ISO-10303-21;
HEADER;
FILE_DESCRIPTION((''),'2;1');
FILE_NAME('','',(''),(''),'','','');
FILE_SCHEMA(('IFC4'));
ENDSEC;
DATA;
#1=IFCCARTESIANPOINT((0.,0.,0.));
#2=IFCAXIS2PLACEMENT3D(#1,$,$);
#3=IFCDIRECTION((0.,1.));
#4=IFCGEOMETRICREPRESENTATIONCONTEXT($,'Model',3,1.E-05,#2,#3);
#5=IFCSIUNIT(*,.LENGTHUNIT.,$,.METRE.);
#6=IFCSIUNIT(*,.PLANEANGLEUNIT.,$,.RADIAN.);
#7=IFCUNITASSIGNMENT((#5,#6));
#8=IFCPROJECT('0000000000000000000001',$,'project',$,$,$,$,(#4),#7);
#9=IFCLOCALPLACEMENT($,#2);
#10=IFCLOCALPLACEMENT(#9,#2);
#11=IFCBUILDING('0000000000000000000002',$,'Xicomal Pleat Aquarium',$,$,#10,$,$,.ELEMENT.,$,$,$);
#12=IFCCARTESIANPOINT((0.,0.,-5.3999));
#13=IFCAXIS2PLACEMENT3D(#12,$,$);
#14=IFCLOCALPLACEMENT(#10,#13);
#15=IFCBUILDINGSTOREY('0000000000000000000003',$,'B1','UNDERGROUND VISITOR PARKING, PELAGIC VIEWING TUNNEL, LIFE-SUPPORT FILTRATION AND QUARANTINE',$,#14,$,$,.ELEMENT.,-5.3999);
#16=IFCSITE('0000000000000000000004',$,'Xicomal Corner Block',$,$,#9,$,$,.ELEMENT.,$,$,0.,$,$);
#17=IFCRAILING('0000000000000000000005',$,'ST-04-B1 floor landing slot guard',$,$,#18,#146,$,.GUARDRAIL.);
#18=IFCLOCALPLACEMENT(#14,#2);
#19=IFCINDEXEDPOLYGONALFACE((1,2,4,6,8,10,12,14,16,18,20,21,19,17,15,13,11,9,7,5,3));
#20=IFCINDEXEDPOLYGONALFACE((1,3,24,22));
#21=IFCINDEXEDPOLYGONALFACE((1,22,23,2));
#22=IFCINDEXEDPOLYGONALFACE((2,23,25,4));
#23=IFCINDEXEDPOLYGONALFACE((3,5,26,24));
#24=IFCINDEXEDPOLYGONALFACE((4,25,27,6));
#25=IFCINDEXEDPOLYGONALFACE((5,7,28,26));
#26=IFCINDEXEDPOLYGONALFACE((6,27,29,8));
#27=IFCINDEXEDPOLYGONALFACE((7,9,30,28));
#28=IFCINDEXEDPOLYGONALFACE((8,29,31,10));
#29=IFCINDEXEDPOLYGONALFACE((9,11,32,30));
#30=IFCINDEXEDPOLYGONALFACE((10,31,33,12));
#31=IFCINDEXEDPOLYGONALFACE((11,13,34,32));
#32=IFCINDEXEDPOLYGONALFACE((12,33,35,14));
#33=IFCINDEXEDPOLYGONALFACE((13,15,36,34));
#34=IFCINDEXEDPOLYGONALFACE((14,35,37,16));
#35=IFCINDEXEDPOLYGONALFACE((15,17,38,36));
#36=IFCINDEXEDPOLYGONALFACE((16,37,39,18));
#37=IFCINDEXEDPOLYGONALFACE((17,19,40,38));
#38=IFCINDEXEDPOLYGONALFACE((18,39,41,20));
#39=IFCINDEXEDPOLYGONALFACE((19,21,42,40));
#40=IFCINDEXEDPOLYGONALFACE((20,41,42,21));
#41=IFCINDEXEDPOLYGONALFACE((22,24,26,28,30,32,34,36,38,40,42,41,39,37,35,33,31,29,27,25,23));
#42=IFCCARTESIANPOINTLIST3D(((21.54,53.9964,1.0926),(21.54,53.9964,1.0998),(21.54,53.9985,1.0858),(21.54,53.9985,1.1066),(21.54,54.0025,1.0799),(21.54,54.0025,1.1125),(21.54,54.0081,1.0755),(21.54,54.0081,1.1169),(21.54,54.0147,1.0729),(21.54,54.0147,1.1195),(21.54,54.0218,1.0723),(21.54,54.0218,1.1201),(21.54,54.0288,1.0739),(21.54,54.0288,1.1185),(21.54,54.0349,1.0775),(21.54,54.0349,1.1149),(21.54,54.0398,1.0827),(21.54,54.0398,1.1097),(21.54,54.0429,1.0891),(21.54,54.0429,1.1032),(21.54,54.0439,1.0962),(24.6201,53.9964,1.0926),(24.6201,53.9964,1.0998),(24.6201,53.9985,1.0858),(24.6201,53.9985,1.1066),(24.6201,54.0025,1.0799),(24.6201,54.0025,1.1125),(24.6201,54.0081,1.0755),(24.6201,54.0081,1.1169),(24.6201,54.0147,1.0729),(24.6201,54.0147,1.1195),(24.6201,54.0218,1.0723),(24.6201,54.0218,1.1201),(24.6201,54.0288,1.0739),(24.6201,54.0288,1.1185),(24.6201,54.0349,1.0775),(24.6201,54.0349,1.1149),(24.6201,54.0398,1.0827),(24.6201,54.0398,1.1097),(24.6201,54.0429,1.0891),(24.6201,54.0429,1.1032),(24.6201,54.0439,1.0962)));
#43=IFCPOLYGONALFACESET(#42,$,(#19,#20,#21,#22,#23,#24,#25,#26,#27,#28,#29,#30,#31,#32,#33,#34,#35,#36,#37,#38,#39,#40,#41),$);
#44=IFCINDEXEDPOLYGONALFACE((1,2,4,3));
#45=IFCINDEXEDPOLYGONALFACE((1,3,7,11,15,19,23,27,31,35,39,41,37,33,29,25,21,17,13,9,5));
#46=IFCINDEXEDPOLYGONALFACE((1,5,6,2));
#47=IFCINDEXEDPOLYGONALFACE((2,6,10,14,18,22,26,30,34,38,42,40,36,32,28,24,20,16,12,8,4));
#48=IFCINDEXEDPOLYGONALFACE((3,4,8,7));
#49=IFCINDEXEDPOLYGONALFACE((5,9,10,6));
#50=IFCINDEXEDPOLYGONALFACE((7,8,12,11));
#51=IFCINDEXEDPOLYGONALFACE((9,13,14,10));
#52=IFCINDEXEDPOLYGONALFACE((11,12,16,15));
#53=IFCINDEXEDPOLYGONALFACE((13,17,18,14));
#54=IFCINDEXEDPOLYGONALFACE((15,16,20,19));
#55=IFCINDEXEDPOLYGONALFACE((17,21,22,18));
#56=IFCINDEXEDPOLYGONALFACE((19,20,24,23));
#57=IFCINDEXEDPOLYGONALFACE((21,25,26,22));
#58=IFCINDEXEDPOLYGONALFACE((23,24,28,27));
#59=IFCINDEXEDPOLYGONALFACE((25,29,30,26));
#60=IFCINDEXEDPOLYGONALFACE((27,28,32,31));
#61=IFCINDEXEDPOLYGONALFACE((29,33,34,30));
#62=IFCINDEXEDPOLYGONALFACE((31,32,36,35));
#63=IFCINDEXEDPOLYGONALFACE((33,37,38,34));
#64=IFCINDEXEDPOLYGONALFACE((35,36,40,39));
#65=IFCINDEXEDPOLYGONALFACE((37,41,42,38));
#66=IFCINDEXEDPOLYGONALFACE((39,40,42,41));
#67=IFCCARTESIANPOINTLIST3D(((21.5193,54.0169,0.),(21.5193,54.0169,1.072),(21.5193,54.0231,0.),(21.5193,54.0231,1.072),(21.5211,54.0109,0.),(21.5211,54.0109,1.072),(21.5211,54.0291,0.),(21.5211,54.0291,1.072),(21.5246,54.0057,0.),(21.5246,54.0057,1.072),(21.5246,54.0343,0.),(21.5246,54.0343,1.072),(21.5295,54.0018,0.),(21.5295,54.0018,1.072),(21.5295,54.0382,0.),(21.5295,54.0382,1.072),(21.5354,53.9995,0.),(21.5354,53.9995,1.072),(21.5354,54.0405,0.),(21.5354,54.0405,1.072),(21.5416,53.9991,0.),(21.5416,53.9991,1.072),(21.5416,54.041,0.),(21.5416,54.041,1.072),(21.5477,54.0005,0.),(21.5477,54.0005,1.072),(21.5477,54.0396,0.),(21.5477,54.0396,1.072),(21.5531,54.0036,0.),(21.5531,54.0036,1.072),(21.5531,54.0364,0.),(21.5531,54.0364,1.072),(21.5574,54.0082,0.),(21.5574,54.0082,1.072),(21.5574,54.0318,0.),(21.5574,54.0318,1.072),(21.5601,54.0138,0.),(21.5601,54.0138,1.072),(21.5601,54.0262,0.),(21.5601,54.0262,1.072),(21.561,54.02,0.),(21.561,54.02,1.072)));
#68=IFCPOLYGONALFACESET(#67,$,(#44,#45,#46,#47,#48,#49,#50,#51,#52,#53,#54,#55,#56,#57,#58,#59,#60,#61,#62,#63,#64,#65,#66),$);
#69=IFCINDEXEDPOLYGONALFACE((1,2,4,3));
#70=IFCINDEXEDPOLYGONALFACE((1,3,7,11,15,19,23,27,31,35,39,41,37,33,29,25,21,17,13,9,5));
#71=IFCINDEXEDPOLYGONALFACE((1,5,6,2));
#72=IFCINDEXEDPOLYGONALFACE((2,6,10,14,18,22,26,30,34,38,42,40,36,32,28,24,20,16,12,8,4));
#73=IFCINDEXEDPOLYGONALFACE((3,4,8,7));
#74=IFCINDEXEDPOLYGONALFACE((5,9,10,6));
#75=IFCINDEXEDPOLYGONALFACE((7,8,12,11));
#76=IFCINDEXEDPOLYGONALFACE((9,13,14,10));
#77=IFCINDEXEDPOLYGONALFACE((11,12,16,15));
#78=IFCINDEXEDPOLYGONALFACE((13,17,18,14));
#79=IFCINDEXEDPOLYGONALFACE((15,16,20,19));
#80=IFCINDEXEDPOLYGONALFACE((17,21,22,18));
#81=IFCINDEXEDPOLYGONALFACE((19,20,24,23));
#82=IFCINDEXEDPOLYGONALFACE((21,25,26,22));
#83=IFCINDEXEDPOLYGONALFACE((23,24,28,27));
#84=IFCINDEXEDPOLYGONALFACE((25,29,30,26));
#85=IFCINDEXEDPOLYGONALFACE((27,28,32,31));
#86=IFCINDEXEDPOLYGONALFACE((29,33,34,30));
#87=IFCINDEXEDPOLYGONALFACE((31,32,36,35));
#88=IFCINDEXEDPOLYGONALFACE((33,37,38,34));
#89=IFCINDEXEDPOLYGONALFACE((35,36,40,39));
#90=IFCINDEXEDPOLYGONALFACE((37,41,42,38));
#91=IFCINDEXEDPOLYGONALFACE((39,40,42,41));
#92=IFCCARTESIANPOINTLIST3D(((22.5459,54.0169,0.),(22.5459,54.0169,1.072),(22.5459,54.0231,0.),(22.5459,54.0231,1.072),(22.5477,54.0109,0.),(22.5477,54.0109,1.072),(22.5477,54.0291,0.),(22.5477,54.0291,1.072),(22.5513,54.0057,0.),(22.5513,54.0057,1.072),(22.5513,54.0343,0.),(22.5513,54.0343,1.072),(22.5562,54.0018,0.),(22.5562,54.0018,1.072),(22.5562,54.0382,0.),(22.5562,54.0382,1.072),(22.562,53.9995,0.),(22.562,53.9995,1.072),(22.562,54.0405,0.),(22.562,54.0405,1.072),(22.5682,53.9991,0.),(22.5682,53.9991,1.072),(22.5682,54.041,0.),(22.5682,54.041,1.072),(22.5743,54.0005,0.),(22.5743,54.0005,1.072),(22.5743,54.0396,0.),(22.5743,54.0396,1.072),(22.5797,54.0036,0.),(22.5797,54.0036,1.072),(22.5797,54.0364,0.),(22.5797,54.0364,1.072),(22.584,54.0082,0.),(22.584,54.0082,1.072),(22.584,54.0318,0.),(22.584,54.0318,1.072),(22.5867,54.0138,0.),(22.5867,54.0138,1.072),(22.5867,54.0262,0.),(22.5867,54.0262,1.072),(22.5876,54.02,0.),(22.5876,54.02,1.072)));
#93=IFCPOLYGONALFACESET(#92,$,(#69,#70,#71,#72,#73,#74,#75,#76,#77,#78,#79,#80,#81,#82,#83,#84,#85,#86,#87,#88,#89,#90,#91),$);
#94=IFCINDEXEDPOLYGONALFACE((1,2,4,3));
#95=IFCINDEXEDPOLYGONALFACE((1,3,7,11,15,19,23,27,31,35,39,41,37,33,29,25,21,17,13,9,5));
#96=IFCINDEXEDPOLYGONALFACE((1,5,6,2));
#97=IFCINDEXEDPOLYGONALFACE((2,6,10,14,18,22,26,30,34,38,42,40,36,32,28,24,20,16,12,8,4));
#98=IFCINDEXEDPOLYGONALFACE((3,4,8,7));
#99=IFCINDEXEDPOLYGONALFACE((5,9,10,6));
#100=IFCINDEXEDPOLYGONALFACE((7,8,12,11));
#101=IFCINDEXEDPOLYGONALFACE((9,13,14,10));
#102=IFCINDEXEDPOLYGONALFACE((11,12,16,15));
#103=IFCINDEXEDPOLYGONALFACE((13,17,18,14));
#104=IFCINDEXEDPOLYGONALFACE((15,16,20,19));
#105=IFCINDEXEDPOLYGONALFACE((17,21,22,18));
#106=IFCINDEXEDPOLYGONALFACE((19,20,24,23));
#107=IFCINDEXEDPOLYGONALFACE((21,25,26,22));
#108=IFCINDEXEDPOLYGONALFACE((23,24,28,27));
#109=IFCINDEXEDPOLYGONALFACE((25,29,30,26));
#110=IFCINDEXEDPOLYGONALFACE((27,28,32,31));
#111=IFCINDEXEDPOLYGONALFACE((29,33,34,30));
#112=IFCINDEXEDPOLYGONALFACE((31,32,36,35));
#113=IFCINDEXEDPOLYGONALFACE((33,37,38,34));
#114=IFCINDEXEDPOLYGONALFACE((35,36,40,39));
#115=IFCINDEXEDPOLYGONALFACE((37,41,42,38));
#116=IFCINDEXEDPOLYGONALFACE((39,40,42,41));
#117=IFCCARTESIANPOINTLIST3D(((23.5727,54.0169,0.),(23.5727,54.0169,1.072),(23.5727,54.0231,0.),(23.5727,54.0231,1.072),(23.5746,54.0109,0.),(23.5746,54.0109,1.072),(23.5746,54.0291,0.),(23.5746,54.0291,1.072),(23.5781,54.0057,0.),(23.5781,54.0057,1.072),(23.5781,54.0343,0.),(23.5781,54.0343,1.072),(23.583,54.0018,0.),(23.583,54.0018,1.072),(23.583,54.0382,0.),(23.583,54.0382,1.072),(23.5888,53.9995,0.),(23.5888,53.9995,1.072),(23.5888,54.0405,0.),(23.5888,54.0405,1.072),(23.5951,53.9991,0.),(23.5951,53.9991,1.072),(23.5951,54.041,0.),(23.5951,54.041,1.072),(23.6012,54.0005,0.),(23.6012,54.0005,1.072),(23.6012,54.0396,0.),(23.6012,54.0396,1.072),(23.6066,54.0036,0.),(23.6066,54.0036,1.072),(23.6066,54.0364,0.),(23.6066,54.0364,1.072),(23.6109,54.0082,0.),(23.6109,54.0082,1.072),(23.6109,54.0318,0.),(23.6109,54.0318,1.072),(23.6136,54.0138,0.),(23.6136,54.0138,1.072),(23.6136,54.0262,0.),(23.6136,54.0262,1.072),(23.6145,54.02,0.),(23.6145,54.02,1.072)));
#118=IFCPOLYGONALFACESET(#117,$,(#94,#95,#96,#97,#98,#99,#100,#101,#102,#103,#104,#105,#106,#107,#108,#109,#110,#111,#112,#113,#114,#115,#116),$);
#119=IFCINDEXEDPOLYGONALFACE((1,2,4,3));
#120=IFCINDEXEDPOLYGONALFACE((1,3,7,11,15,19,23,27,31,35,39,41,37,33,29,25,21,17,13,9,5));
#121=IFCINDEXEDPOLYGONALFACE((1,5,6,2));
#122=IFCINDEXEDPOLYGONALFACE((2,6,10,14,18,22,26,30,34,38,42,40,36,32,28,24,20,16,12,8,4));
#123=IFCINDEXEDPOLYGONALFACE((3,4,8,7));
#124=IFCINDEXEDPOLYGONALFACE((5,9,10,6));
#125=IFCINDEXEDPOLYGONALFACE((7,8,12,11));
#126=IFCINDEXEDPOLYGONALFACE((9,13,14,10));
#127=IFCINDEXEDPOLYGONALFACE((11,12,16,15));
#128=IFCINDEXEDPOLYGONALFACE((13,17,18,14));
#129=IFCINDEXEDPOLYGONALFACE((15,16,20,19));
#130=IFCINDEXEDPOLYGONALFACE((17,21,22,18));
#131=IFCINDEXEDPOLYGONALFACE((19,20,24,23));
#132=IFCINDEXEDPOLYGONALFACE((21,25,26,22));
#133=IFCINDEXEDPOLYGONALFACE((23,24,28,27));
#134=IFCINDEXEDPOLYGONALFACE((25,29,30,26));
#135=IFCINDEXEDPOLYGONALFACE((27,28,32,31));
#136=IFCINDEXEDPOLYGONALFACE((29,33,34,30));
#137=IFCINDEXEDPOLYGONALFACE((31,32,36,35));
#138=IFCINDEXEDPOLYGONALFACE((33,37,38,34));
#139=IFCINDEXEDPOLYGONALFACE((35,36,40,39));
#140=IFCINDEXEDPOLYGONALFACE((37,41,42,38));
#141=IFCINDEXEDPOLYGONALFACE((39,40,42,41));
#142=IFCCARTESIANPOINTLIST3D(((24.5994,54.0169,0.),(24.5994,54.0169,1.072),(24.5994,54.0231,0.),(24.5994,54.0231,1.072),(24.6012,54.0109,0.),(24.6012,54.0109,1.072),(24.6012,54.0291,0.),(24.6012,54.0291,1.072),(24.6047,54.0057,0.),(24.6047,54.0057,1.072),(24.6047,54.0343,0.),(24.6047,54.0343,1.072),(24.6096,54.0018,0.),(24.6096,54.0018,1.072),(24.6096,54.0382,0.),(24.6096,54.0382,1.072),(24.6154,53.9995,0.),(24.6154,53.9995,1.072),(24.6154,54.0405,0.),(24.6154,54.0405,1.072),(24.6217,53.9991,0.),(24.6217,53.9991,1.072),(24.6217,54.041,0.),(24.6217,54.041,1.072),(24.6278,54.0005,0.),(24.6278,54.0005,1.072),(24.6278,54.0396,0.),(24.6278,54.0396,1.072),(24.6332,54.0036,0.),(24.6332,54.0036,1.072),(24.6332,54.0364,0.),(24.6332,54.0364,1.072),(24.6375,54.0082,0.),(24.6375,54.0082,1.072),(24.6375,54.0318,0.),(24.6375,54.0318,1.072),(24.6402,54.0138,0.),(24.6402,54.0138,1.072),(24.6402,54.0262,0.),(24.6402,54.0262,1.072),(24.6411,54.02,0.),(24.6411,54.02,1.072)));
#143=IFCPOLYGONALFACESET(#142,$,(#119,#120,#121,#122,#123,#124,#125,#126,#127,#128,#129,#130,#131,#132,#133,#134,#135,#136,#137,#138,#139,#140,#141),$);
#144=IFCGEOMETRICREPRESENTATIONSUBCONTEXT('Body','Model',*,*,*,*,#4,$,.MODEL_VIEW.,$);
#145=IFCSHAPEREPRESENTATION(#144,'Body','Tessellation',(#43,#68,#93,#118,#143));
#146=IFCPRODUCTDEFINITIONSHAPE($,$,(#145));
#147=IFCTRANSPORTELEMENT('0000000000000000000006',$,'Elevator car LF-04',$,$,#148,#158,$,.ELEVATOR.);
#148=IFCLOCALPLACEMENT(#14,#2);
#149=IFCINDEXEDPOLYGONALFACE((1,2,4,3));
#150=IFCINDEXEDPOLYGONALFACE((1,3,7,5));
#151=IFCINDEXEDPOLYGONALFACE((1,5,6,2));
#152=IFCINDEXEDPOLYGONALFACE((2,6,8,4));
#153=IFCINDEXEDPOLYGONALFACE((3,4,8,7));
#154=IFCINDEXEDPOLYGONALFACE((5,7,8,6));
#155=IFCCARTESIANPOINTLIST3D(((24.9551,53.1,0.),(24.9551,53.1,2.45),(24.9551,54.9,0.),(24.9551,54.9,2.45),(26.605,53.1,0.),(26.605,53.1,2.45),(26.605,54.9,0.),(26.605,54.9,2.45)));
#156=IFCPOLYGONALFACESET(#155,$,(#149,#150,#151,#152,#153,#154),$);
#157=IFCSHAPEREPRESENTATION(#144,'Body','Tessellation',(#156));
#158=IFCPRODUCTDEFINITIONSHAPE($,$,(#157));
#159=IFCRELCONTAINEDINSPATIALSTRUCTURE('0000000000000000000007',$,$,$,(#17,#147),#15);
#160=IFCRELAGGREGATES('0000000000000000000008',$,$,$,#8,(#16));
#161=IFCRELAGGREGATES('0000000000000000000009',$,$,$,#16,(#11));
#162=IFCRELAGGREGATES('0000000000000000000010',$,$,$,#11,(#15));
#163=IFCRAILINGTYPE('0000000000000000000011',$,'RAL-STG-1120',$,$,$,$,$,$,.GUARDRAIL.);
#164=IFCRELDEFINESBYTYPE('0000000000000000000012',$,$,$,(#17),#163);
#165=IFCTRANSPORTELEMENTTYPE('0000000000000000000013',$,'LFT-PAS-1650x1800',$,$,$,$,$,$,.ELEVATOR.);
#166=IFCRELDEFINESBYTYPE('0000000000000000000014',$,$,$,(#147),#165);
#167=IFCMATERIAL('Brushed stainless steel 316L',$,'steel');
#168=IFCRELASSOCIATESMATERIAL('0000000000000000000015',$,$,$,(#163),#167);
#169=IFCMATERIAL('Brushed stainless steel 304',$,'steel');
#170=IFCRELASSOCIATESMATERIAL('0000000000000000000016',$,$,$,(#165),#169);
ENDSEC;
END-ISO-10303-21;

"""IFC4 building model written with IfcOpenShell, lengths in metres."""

from ifc_helpers import new_model, si_unit, direction, frame, origin, origin_2d, place, context, subcontext, project, spatial, rectangle, circle, extrude, material, type_object, element, save


model = new_model("IFC4")

# Units and contexts
model_context = context("Model", 3, precision=1e-05, world=origin(), true_north=direction((0.0, 1.0)))
body_context = subcontext(model_context, "Body", "Model", "MODEL_VIEW")
ifc_project = project(units=[si_unit("LENGTHUNIT", "METRE"), si_unit("PLANEANGLEUNIT", "RADIAN")], contexts=[model_context])

# Site, building, storey
site_placement = place(None, origin())
site = spatial("IfcSite", under=ifc_project, at=site_placement, Name="Xicomal Corner Block", CompositionType="ELEMENT", RefElevation=0.0)
building_placement = place(site_placement, origin())
building = spatial("IfcBuilding", under=site, at=building_placement, Name="Xicomal Pleat Aquarium", CompositionType="ELEMENT")
storey_placement = place(building_placement, frame((0.0, 0.0, -5.3999)))
storey = spatial("IfcBuildingStorey", under=building, at=storey_placement, Name="B1", Description="UNDERGROUND VISITOR PARKING, PELAGIC VIEWING TUNNEL, LIFE-SUPPORT FILTRATION AND QUARANTINE", CompositionType="ELEMENT", Elevation=-5.3999)

# Railing
ifc_material_1 = material(Name="Brushed stainless steel 316L", Category="steel")
railing_type_1 = type_object("IfcRailingType", Name="RAL-STG-1120", PredefinedType="GUARDRAIL", material=ifc_material_1)
railing_1_placement = place(storey_placement, frame((21.54, 54.02, 0.0)))
element("IfcRailing", 1, at=railing_1_placement, inside=storey, type_object=railing_type_1, Name="ST-04-B1 floor landing slot guard", PredefinedType="GUARDRAIL", context=body_context, shape_type="SweptSolid", body=[
    extrude(circle(Radius=0.0239, at=origin_2d()), frame((0.0, 0.0, 1.0962), z_axis=(1.0, 0.0, 0.0), x_axis=(0.0, 1.0, 0.0)), (0.0, 0.0, 1.0), 3.0801),
    extrude(circle(Radius=0.021, at=origin_2d()), origin(), (0.0, 0.0, 1.0), 1.072),
    extrude(circle(Radius=0.021, at=origin_2d()), frame((1.0266, 0.0, 0.0)), (0.0, 0.0, 1.0), 1.072),
    extrude(circle(Radius=0.021, at=origin_2d()), frame((2.0535, 0.0, 0.0)), (0.0, 0.0, 1.0), 1.072),
    extrude(circle(Radius=0.021, at=origin_2d()), frame((3.0801, 0.0, 0.0)), (0.0, 0.0, 1.0), 1.072),
])

# Transport element
ifc_material_2 = material(Name="Brushed stainless steel 304", Category="steel")
transport_element_type = type_object("IfcTransportElementType", Name="LFT-PAS-1650x1800", PredefinedType="ELEVATOR", material=ifc_material_2)
transport_element_placement = place(storey_placement, frame((25.78, 54.0, 0.0), z_axis=(0.0, 0.0, 1.0), x_axis=(1.0, 0.0, 0.0)))
element("IfcTransportElement", 2, at=transport_element_placement, inside=storey, type_object=transport_element_type, Name="Elevator car LF-04", PredefinedType="ELEVATOR", context=body_context, shape_type="SweptSolid", body=[
    extrude(rectangle(XDim=1.6499, YDim=1.8, at=origin_2d()), origin(), (0.0, 0.0, 1.0), 2.45),
])

save(model, "model.ifc")
